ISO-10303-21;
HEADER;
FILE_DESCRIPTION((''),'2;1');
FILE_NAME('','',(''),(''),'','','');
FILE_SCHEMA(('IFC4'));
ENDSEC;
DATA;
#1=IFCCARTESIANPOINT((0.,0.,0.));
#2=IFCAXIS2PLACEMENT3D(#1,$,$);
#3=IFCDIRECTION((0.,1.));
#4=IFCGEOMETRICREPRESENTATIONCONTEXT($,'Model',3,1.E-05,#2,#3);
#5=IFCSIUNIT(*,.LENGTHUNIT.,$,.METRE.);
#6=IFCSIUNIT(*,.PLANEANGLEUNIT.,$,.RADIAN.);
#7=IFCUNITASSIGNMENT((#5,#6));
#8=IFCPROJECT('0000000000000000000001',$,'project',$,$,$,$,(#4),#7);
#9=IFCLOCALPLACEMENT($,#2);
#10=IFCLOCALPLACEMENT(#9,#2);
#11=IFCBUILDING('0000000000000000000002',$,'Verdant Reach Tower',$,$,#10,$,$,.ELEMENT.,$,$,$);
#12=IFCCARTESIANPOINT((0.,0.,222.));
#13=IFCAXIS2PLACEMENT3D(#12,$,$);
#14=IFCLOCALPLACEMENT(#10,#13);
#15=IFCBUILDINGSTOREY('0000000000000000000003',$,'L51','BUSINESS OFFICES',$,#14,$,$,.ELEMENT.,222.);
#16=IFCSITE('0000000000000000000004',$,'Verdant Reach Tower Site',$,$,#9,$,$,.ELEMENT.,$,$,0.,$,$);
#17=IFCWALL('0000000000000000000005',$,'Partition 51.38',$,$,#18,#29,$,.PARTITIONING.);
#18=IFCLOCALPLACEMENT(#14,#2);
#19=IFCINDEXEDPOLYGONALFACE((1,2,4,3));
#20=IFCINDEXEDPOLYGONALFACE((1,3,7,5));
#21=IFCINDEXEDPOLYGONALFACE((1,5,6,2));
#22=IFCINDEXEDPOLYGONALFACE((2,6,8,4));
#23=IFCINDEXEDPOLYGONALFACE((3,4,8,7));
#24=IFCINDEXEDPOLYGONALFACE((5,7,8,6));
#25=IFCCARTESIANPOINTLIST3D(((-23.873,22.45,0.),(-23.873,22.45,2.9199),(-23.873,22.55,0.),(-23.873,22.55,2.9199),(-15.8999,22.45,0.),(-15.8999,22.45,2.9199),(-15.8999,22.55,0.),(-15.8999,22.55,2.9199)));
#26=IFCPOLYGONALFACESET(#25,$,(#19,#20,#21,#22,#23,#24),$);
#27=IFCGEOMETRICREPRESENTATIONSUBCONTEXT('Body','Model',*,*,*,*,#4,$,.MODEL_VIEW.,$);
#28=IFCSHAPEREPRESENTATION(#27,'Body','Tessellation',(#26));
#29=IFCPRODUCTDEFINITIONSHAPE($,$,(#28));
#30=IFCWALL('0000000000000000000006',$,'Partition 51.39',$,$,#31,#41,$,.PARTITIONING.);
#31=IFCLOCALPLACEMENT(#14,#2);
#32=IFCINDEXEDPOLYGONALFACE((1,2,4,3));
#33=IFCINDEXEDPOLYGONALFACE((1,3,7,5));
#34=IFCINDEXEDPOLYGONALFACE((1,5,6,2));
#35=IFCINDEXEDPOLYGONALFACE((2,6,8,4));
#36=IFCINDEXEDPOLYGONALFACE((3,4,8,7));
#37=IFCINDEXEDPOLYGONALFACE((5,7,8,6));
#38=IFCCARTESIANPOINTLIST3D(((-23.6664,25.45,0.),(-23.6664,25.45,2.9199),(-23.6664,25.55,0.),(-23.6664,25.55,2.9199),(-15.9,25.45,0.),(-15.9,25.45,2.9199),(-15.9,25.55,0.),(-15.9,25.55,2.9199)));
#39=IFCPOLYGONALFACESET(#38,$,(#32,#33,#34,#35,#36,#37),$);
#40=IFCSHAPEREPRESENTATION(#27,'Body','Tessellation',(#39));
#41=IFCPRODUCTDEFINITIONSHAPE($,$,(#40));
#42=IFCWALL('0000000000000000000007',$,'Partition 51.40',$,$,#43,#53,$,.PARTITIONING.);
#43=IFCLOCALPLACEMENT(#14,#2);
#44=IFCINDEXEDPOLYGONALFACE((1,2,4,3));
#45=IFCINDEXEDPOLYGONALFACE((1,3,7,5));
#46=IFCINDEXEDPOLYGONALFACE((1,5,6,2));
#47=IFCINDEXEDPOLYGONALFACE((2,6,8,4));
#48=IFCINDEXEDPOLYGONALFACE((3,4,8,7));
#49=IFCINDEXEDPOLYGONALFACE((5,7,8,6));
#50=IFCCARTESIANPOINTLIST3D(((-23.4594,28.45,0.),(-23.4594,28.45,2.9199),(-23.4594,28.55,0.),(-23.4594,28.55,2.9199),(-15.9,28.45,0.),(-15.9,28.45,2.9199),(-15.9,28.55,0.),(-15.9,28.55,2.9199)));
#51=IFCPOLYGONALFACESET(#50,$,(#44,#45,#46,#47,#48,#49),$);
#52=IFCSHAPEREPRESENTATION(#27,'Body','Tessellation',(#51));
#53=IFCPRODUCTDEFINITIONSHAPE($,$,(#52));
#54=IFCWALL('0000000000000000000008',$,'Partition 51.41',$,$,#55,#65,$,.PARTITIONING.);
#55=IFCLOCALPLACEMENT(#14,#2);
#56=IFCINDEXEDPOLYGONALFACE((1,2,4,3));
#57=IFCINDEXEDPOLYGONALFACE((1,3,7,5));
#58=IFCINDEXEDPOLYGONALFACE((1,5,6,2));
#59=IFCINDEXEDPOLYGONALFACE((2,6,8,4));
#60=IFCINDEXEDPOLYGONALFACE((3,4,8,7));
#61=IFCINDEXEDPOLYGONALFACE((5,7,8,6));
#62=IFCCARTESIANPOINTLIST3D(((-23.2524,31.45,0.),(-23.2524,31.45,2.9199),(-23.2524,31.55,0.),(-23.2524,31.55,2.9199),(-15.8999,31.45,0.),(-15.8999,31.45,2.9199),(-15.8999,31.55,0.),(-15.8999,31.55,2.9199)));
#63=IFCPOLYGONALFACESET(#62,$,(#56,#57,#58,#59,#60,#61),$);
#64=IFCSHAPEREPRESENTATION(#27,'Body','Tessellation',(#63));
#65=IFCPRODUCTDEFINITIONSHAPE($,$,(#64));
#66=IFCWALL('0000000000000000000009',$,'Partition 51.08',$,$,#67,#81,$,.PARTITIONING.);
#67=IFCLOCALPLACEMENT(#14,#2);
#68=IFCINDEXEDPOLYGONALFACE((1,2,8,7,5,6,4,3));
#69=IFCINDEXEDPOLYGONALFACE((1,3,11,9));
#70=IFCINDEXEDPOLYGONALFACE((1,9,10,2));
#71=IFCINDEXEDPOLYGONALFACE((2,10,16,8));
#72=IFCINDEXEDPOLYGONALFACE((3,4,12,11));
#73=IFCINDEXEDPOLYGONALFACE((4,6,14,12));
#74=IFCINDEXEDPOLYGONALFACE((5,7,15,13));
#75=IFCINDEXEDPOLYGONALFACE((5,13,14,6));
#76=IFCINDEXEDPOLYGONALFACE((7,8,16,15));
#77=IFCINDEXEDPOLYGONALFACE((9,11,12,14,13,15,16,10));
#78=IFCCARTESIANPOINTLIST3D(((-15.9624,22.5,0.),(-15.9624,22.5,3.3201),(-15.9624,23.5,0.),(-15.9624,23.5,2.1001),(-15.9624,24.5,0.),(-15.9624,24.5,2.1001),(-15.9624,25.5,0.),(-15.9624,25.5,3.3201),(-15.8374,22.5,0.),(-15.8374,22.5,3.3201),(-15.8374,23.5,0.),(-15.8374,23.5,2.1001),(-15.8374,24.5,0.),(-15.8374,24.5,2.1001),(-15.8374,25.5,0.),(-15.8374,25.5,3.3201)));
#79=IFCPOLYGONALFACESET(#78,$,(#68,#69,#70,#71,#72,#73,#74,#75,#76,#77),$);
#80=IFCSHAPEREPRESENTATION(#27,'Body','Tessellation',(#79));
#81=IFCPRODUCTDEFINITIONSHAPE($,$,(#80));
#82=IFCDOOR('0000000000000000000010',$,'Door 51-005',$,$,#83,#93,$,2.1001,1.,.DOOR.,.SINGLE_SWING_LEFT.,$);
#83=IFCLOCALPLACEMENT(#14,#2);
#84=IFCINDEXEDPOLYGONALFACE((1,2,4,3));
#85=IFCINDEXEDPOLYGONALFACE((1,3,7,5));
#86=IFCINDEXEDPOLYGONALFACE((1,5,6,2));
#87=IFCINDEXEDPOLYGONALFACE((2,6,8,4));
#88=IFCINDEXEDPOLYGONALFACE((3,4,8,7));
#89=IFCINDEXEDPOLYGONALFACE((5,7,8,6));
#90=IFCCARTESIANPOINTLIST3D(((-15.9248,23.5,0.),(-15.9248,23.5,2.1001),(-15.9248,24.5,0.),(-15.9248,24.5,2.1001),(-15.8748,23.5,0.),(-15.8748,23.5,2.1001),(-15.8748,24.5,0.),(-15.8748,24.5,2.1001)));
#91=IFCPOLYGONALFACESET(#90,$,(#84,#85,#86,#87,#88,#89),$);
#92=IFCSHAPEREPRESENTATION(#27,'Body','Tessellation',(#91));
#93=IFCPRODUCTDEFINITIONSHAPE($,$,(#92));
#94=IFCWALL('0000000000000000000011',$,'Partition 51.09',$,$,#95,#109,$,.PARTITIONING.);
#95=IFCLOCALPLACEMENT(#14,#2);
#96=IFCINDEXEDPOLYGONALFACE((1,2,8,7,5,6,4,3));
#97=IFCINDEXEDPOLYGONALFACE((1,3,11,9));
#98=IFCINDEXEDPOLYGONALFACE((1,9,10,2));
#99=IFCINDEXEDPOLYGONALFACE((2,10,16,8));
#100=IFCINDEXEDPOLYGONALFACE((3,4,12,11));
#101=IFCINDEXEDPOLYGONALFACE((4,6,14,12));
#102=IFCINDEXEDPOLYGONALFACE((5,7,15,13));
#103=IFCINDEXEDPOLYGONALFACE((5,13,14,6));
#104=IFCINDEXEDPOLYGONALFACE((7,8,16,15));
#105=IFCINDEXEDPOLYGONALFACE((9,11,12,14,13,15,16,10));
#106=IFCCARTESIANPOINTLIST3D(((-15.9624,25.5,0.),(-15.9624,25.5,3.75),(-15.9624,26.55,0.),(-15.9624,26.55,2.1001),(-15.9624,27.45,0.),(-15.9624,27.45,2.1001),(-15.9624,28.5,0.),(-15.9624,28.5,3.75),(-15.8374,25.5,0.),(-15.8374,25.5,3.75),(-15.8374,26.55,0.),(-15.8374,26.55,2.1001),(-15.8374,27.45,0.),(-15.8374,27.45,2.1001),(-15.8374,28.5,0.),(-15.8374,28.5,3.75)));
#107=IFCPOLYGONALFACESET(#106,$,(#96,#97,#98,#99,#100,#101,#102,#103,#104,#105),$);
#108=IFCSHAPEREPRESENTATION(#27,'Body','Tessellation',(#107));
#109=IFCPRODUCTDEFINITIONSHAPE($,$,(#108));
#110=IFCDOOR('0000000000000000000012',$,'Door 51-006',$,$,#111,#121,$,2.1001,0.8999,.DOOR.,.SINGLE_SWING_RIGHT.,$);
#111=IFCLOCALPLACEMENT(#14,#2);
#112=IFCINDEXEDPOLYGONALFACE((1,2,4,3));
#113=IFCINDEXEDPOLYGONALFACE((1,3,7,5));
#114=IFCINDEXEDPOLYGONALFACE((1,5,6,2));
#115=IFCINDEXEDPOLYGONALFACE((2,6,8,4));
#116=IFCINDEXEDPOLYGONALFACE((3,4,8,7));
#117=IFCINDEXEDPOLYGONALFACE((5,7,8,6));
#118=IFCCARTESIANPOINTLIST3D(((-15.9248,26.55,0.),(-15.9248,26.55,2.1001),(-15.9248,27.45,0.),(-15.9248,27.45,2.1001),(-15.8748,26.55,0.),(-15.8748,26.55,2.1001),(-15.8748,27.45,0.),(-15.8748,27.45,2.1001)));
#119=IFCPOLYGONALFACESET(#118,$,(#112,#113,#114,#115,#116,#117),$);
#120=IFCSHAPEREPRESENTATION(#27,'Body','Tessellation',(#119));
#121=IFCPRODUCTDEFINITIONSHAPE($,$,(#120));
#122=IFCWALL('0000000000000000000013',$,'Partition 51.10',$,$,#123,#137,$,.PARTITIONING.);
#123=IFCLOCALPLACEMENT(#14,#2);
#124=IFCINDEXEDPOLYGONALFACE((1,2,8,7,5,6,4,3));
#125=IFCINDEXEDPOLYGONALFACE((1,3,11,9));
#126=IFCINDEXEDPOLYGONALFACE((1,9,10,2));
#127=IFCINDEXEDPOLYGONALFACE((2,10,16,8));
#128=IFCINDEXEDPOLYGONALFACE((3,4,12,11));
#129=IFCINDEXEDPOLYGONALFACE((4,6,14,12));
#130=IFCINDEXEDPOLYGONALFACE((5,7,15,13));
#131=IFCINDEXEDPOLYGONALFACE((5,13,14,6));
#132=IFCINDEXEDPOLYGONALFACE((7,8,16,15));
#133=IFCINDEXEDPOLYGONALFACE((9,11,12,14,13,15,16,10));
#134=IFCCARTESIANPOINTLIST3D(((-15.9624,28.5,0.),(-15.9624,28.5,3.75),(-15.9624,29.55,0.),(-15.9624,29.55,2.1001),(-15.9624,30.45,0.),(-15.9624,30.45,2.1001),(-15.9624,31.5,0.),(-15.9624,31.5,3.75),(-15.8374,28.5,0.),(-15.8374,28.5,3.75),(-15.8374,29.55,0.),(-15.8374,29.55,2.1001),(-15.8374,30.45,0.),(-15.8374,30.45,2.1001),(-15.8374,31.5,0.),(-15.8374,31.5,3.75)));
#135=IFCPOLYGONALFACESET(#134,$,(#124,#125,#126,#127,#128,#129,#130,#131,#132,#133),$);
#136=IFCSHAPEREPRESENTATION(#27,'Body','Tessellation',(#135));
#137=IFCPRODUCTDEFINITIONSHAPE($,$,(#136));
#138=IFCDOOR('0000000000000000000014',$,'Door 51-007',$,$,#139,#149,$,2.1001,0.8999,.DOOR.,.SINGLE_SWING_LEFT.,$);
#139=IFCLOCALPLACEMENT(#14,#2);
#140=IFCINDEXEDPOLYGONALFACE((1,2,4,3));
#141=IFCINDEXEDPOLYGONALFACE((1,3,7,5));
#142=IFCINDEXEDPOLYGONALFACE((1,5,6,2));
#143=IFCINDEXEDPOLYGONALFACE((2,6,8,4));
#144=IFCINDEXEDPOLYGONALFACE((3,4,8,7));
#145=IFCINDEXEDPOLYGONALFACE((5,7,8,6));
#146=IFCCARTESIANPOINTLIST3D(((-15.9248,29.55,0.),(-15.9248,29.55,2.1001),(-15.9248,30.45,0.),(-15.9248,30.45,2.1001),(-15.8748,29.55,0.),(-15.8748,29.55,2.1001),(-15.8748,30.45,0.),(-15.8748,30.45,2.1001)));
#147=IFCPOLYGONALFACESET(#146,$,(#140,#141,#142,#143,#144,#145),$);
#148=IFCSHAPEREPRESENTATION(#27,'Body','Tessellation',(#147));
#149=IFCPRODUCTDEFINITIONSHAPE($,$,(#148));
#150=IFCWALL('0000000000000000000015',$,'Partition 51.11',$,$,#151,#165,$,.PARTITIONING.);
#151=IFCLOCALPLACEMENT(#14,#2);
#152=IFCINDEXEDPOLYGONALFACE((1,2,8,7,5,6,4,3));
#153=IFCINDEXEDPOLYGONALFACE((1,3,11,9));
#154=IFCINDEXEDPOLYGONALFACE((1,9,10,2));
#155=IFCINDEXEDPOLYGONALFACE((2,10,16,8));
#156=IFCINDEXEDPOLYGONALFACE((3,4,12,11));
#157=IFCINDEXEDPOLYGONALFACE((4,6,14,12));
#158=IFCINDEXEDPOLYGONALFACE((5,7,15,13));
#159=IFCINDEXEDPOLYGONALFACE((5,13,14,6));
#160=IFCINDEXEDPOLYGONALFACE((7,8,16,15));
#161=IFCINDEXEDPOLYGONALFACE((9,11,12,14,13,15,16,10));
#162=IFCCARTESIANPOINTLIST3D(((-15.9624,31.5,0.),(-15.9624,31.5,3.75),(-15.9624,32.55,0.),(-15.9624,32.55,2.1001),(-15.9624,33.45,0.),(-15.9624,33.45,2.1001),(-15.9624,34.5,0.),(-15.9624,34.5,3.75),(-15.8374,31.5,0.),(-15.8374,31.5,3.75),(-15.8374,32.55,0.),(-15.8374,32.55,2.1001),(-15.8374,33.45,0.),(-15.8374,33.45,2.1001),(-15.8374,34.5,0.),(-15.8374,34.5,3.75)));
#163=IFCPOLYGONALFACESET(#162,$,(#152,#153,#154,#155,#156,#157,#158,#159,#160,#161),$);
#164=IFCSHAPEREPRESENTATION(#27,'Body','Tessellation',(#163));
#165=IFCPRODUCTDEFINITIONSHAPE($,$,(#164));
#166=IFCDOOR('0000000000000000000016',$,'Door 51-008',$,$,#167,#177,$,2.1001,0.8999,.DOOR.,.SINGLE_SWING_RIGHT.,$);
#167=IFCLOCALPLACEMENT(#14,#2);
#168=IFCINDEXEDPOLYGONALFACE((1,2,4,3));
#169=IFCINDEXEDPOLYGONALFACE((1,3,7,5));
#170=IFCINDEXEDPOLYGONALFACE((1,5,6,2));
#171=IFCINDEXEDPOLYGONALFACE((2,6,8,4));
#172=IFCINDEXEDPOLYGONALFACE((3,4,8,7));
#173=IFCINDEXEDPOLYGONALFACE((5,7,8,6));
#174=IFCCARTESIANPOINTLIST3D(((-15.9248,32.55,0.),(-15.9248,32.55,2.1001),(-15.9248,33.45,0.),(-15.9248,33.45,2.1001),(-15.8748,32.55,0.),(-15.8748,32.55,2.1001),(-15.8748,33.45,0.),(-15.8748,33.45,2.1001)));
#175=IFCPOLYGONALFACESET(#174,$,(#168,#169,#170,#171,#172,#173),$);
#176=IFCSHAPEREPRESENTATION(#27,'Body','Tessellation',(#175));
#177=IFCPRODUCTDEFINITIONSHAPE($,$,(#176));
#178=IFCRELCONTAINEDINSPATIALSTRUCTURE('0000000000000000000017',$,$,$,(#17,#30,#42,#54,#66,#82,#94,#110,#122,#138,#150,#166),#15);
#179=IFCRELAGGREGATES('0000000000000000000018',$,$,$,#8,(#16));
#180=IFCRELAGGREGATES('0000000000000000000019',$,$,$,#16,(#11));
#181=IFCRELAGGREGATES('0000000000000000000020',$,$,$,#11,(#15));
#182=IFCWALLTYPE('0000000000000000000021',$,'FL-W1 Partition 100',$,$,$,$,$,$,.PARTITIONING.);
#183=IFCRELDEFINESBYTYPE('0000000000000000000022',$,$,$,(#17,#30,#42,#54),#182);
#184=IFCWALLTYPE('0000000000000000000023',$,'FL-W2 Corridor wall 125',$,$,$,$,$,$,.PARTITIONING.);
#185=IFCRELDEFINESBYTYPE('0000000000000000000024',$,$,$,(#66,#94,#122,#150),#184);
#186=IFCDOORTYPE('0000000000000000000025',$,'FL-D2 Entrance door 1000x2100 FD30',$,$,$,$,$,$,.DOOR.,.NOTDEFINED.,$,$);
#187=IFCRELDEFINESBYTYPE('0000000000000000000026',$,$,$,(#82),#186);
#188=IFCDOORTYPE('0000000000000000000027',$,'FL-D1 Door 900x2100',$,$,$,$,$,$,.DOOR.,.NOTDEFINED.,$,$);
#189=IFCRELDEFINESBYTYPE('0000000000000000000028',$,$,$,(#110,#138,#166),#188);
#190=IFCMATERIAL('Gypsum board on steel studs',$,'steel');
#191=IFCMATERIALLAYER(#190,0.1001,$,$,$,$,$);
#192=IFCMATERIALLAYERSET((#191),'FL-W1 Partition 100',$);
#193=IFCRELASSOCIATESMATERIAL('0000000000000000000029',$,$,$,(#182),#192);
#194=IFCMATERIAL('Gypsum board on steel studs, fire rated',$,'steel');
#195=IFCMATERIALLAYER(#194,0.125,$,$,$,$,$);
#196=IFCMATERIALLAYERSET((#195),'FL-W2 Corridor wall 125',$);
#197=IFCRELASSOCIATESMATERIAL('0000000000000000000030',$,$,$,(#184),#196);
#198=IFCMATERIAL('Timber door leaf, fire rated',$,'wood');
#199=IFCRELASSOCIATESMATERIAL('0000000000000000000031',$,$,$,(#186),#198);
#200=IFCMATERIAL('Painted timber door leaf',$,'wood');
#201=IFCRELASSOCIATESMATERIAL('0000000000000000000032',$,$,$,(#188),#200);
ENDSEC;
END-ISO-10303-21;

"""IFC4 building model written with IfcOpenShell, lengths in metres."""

from ifc_helpers import new_model, si_unit, direction, frame, frame_2d, origin, place, context, subcontext, project, spatial, rectangle, extrude, material, layer, layer_set, type_object, element, fill, save


model = new_model("IFC4")

# Units and contexts
model_context = context("Model", 3, precision=1e-05, world=origin(), true_north=direction((0.0, 1.0)))
body_context = subcontext(model_context, "Body", "Model", "MODEL_VIEW")
ifc_project = project(units=[si_unit("LENGTHUNIT", "METRE"), si_unit("PLANEANGLEUNIT", "RADIAN")], contexts=[model_context])

# Site, building, storey
site_placement = place(None, origin())
site = spatial("IfcSite", under=ifc_project, at=site_placement, Name="Verdant Reach Tower Site", CompositionType="ELEMENT", RefElevation=0.0)
building_placement = place(site_placement, origin())
building = spatial("IfcBuilding", under=site, at=building_placement, Name="Verdant Reach Tower", CompositionType="ELEMENT")
storey_placement = place(building_placement, frame((0.0, 0.0, 222.0)))
storey = spatial("IfcBuildingStorey", under=building, at=storey_placement, Name="L51", Description="BUSINESS OFFICES", CompositionType="ELEMENT", Elevation=222.0)

# Walls
ifc_material_1 = material(Name="Gypsum board on steel studs", Category="steel")
ifc_layer_1 = layer(ifc_material_1, 0.1001)
ifc_layer_set_1 = layer_set([ifc_layer_1], Name="FL-W1 Partition 100")
wall_type_1 = type_object("IfcWallType", Name="FL-W1 Partition 100", PredefinedType="PARTITIONING", material=ifc_layer_set_1)
wall_1_placement = place(storey_placement, frame((-15.8999, 22.5, 0.0), z_axis=(0.0, 0.0, 1.0), x_axis=(-1.0, 0.0, 0.0)))
element("IfcWall", 1, at=wall_1_placement, inside=storey, type_object=wall_type_1, Name="Partition 51.38", PredefinedType="PARTITIONING", context=body_context, shape_type="SweptSolid", body=[
    extrude(rectangle(XDim=7.9731, YDim=0.1001, at=frame_2d((3.9866, 0.0))), origin(), (0.0, 0.0, 1.0), 2.9199),
])
wall_2_placement = place(storey_placement, frame((-15.8999, 25.5, 0.0), z_axis=(0.0, 0.0, 1.0), x_axis=(-1.0, 0.0, 0.0)))
element("IfcWall", 2, at=wall_2_placement, inside=storey, type_object=wall_type_1, Name="Partition 51.39", PredefinedType="PARTITIONING", context=body_context, shape_type="SweptSolid", body=[
    extrude(rectangle(XDim=7.7664, YDim=0.1001, at=frame_2d((3.8833, 0.0))), origin(), (0.0, 0.0, 1.0), 2.9199),
])
wall_3_placement = place(storey_placement, frame((-15.8999, 28.5, 0.0), z_axis=(0.0, 0.0, 1.0), x_axis=(-1.0, 0.0, 0.0)))
element("IfcWall", 3, at=wall_3_placement, inside=storey, type_object=wall_type_1, Name="Partition 51.40", PredefinedType="PARTITIONING", context=body_context, shape_type="SweptSolid", body=[
    extrude(rectangle(XDim=7.5593, YDim=0.1001, at=frame_2d((3.7798, 0.0))), origin(), (0.0, 0.0, 1.0), 2.9199),
])
wall_4_placement = place(storey_placement, frame((-15.8999, 31.5, 0.0), z_axis=(0.0, 0.0, 1.0), x_axis=(-1.0, 0.0, 0.0)))
element("IfcWall", 4, at=wall_4_placement, inside=storey, type_object=wall_type_1, Name="Partition 51.41", PredefinedType="PARTITIONING", context=body_context, shape_type="SweptSolid", body=[
    extrude(rectangle(XDim=7.3525, YDim=0.1001, at=frame_2d((3.6763, 0.0))), origin(), (0.0, 0.0, 1.0), 2.9199),
])

# Walls, openings, doors
ifc_material_2 = material(Name="Gypsum board on steel studs, fire rated", Category="steel")
ifc_layer_2 = layer(ifc_material_2, 0.125)
ifc_layer_set_2 = layer_set([ifc_layer_2], Name="FL-W2 Corridor wall 125")
wall_type_2 = type_object("IfcWallType", Name="FL-W2 Corridor wall 125", PredefinedType="PARTITIONING", material=ifc_layer_set_2)
wall_5_placement = place(storey_placement, frame((-15.8999, 22.5, 0.0), z_axis=(0.0, 0.0, 1.0), x_axis=(0.0, 1.0, 0.0)))
wall_5 = element("IfcWall", 5, at=wall_5_placement, inside=storey, type_object=wall_type_2, Name="Partition 51.08", PredefinedType="PARTITIONING", context=body_context, shape_type="SweptSolid", body=[
    extrude(rectangle(XDim=3.0, YDim=0.125, at=frame_2d((1.5, 0.0))), origin(), (0.0, 0.0, 1.0), 3.3201),
])
opening_1_placement = place(wall_5_placement, frame((1.0, 0.0, 0.0)))
opening_1 = element("IfcOpeningElement", 6, at=opening_1_placement, cuts=wall_5, PredefinedType="OPENING", context=body_context, shape_type="SweptSolid", body=[
    extrude(rectangle(XDim=1.0, YDim=2.1001, at=frame_2d((0.5, 1.05))), frame((0.0, 0.0725, 0.0), z_axis=(0.0, -1.0, 0.0), x_axis=(1.0, 0.0, 0.0)), (0.0, 0.0, 1.0), 0.145),
])
ifc_material_3 = material(Name="Timber door leaf, fire rated", Category="wood")
door_type_1 = type_object("IfcDoorType", Name="FL-D2 Entrance door 1000x2100 FD30", OperationType="NOTDEFINED", PredefinedType="DOOR", material=ifc_material_3)
door_1_placement = place(opening_1_placement, origin())
door_1 = element("IfcDoor", 7, at=door_1_placement, inside=storey, type_object=door_type_1, Name="Door 51-005", OperationType="SINGLE_SWING_LEFT", OverallHeight=2.1001, OverallWidth=1.0, PredefinedType="DOOR", context=body_context, shape_type="SweptSolid", body=[
    extrude(rectangle(XDim=1.0, YDim=2.1001, at=frame_2d((0.5, 1.05))), frame((0.0, 0.0249, 0.0), z_axis=(0.0, -1.0, 0.0), x_axis=(1.0, 0.0, 0.0)), (0.0, 0.0, 1.0), 0.05),
])
fill(opening_1, door_1)
wall_6_placement = place(storey_placement, frame((-15.8999, 25.5, 0.0), z_axis=(0.0, 0.0, 1.0), x_axis=(0.0, 1.0, 0.0)))
wall_6 = element("IfcWall", 8, at=wall_6_placement, inside=storey, type_object=wall_type_2, Name="Partition 51.09", PredefinedType="PARTITIONING", context=body_context, shape_type="SweptSolid", body=[
    extrude(rectangle(XDim=3.0, YDim=0.125, at=frame_2d((1.5, 0.0))), origin(), (0.0, 0.0, 1.0), 3.75),
])
opening_2_placement = place(wall_6_placement, frame((1.05, 0.0, 0.0)))
opening_2 = element("IfcOpeningElement", 9, at=opening_2_placement, cuts=wall_6, PredefinedType="OPENING", context=body_context, shape_type="SweptSolid", body=[
    extrude(rectangle(XDim=0.8999, YDim=2.1001, at=frame_2d((0.45, 1.05))), frame((0.0, 0.0725, 0.0), z_axis=(0.0, -1.0, 0.0), x_axis=(1.0, 0.0, 0.0)), (0.0, 0.0, 1.0), 0.145),
])
ifc_material_4 = material(Name="Painted timber door leaf", Category="wood")
door_type_2 = type_object("IfcDoorType", Name="FL-D1 Door 900x2100", OperationType="NOTDEFINED", PredefinedType="DOOR", material=ifc_material_4)
door_2_placement = place(opening_2_placement, origin())
door_2 = element("IfcDoor", 10, at=door_2_placement, inside=storey, type_object=door_type_2, Name="Door 51-006", OperationType="SINGLE_SWING_RIGHT", OverallHeight=2.1001, OverallWidth=0.8999, PredefinedType="DOOR", context=body_context, shape_type="SweptSolid", body=[
    extrude(rectangle(XDim=0.8999, YDim=2.1001, at=frame_2d((0.45, 1.05))), frame((0.0, 0.0249, 0.0), z_axis=(0.0, -1.0, 0.0), x_axis=(1.0, 0.0, 0.0)), (0.0, 0.0, 1.0), 0.05),
])
fill(opening_2, door_2)
wall_7_placement = place(storey_placement, frame((-15.8999, 28.5, 0.0), z_axis=(0.0, 0.0, 1.0), x_axis=(0.0, 1.0, 0.0)))
wall_7 = element("IfcWall", 11, at=wall_7_placement, inside=storey, type_object=wall_type_2, Name="Partition 51.10", PredefinedType="PARTITIONING", context=body_context, shape_type="SweptSolid", body=[
    extrude(rectangle(XDim=3.0, YDim=0.125, at=frame_2d((1.5, 0.0))), origin(), (0.0, 0.0, 1.0), 3.75),
])
opening_3_placement = place(wall_7_placement, frame((1.05, 0.0, 0.0)))
opening_3 = element("IfcOpeningElement", 12, at=opening_3_placement, cuts=wall_7, PredefinedType="OPENING", context=body_context, shape_type="SweptSolid", body=[
    extrude(rectangle(XDim=0.8999, YDim=2.1001, at=frame_2d((0.45, 1.05))), frame((0.0, 0.0725, 0.0), z_axis=(0.0, -1.0, 0.0), x_axis=(1.0, 0.0, 0.0)), (0.0, 0.0, 1.0), 0.145),
])
door_3_placement = place(opening_3_placement, origin())
door_3 = element("IfcDoor", 13, at=door_3_placement, inside=storey, type_object=door_type_2, Name="Door 51-007", OperationType="SINGLE_SWING_LEFT", OverallHeight=2.1001, OverallWidth=0.8999, PredefinedType="DOOR", context=body_context, shape_type="SweptSolid", body=[
    extrude(rectangle(XDim=0.8999, YDim=2.1001, at=frame_2d((0.45, 1.05))), frame((0.0, 0.0249, 0.0), z_axis=(0.0, -1.0, 0.0), x_axis=(1.0, 0.0, 0.0)), (0.0, 0.0, 1.0), 0.05),
])
fill(opening_3, door_3)
wall_8_placement = place(storey_placement, frame((-15.8999, 31.5, 0.0), z_axis=(0.0, 0.0, 1.0), x_axis=(0.0, 1.0, 0.0)))
wall_8 = element("IfcWall", 14, at=wall_8_placement, inside=storey, type_object=wall_type_2, Name="Partition 51.11", PredefinedType="PARTITIONING", context=body_context, shape_type="SweptSolid", body=[
    extrude(rectangle(XDim=3.0, YDim=0.125, at=frame_2d((1.5, 0.0))), origin(), (0.0, 0.0, 1.0), 3.75),
])
opening_4_placement = place(wall_8_placement, frame((1.05, 0.0, 0.0)))
opening_4 = element("IfcOpeningElement", 15, at=opening_4_placement, cuts=wall_8, PredefinedType="OPENING", context=body_context, shape_type="SweptSolid", body=[
    extrude(rectangle(XDim=0.8999, YDim=2.1001, at=frame_2d((0.45, 1.05))), frame((0.0, 0.0725, 0.0), z_axis=(0.0, -1.0, 0.0), x_axis=(1.0, 0.0, 0.0)), (0.0, 0.0, 1.0), 0.145),
])
door_4_placement = place(opening_4_placement, origin())
door_4 = element("IfcDoor", 16, at=door_4_placement, inside=storey, type_object=door_type_2, Name="Door 51-008", OperationType="SINGLE_SWING_RIGHT", OverallHeight=2.1001, OverallWidth=0.8999, PredefinedType="DOOR", context=body_context, shape_type="SweptSolid", body=[
    extrude(rectangle(XDim=0.8999, YDim=2.1001, at=frame_2d((0.45, 1.05))), frame((0.0, 0.0249, 0.0), z_axis=(0.0, -1.0, 0.0), x_axis=(1.0, 0.0, 0.0)), (0.0, 0.0, 1.0), 0.05),
])
fill(opening_4, door_4)

save(model, "model.ifc")
